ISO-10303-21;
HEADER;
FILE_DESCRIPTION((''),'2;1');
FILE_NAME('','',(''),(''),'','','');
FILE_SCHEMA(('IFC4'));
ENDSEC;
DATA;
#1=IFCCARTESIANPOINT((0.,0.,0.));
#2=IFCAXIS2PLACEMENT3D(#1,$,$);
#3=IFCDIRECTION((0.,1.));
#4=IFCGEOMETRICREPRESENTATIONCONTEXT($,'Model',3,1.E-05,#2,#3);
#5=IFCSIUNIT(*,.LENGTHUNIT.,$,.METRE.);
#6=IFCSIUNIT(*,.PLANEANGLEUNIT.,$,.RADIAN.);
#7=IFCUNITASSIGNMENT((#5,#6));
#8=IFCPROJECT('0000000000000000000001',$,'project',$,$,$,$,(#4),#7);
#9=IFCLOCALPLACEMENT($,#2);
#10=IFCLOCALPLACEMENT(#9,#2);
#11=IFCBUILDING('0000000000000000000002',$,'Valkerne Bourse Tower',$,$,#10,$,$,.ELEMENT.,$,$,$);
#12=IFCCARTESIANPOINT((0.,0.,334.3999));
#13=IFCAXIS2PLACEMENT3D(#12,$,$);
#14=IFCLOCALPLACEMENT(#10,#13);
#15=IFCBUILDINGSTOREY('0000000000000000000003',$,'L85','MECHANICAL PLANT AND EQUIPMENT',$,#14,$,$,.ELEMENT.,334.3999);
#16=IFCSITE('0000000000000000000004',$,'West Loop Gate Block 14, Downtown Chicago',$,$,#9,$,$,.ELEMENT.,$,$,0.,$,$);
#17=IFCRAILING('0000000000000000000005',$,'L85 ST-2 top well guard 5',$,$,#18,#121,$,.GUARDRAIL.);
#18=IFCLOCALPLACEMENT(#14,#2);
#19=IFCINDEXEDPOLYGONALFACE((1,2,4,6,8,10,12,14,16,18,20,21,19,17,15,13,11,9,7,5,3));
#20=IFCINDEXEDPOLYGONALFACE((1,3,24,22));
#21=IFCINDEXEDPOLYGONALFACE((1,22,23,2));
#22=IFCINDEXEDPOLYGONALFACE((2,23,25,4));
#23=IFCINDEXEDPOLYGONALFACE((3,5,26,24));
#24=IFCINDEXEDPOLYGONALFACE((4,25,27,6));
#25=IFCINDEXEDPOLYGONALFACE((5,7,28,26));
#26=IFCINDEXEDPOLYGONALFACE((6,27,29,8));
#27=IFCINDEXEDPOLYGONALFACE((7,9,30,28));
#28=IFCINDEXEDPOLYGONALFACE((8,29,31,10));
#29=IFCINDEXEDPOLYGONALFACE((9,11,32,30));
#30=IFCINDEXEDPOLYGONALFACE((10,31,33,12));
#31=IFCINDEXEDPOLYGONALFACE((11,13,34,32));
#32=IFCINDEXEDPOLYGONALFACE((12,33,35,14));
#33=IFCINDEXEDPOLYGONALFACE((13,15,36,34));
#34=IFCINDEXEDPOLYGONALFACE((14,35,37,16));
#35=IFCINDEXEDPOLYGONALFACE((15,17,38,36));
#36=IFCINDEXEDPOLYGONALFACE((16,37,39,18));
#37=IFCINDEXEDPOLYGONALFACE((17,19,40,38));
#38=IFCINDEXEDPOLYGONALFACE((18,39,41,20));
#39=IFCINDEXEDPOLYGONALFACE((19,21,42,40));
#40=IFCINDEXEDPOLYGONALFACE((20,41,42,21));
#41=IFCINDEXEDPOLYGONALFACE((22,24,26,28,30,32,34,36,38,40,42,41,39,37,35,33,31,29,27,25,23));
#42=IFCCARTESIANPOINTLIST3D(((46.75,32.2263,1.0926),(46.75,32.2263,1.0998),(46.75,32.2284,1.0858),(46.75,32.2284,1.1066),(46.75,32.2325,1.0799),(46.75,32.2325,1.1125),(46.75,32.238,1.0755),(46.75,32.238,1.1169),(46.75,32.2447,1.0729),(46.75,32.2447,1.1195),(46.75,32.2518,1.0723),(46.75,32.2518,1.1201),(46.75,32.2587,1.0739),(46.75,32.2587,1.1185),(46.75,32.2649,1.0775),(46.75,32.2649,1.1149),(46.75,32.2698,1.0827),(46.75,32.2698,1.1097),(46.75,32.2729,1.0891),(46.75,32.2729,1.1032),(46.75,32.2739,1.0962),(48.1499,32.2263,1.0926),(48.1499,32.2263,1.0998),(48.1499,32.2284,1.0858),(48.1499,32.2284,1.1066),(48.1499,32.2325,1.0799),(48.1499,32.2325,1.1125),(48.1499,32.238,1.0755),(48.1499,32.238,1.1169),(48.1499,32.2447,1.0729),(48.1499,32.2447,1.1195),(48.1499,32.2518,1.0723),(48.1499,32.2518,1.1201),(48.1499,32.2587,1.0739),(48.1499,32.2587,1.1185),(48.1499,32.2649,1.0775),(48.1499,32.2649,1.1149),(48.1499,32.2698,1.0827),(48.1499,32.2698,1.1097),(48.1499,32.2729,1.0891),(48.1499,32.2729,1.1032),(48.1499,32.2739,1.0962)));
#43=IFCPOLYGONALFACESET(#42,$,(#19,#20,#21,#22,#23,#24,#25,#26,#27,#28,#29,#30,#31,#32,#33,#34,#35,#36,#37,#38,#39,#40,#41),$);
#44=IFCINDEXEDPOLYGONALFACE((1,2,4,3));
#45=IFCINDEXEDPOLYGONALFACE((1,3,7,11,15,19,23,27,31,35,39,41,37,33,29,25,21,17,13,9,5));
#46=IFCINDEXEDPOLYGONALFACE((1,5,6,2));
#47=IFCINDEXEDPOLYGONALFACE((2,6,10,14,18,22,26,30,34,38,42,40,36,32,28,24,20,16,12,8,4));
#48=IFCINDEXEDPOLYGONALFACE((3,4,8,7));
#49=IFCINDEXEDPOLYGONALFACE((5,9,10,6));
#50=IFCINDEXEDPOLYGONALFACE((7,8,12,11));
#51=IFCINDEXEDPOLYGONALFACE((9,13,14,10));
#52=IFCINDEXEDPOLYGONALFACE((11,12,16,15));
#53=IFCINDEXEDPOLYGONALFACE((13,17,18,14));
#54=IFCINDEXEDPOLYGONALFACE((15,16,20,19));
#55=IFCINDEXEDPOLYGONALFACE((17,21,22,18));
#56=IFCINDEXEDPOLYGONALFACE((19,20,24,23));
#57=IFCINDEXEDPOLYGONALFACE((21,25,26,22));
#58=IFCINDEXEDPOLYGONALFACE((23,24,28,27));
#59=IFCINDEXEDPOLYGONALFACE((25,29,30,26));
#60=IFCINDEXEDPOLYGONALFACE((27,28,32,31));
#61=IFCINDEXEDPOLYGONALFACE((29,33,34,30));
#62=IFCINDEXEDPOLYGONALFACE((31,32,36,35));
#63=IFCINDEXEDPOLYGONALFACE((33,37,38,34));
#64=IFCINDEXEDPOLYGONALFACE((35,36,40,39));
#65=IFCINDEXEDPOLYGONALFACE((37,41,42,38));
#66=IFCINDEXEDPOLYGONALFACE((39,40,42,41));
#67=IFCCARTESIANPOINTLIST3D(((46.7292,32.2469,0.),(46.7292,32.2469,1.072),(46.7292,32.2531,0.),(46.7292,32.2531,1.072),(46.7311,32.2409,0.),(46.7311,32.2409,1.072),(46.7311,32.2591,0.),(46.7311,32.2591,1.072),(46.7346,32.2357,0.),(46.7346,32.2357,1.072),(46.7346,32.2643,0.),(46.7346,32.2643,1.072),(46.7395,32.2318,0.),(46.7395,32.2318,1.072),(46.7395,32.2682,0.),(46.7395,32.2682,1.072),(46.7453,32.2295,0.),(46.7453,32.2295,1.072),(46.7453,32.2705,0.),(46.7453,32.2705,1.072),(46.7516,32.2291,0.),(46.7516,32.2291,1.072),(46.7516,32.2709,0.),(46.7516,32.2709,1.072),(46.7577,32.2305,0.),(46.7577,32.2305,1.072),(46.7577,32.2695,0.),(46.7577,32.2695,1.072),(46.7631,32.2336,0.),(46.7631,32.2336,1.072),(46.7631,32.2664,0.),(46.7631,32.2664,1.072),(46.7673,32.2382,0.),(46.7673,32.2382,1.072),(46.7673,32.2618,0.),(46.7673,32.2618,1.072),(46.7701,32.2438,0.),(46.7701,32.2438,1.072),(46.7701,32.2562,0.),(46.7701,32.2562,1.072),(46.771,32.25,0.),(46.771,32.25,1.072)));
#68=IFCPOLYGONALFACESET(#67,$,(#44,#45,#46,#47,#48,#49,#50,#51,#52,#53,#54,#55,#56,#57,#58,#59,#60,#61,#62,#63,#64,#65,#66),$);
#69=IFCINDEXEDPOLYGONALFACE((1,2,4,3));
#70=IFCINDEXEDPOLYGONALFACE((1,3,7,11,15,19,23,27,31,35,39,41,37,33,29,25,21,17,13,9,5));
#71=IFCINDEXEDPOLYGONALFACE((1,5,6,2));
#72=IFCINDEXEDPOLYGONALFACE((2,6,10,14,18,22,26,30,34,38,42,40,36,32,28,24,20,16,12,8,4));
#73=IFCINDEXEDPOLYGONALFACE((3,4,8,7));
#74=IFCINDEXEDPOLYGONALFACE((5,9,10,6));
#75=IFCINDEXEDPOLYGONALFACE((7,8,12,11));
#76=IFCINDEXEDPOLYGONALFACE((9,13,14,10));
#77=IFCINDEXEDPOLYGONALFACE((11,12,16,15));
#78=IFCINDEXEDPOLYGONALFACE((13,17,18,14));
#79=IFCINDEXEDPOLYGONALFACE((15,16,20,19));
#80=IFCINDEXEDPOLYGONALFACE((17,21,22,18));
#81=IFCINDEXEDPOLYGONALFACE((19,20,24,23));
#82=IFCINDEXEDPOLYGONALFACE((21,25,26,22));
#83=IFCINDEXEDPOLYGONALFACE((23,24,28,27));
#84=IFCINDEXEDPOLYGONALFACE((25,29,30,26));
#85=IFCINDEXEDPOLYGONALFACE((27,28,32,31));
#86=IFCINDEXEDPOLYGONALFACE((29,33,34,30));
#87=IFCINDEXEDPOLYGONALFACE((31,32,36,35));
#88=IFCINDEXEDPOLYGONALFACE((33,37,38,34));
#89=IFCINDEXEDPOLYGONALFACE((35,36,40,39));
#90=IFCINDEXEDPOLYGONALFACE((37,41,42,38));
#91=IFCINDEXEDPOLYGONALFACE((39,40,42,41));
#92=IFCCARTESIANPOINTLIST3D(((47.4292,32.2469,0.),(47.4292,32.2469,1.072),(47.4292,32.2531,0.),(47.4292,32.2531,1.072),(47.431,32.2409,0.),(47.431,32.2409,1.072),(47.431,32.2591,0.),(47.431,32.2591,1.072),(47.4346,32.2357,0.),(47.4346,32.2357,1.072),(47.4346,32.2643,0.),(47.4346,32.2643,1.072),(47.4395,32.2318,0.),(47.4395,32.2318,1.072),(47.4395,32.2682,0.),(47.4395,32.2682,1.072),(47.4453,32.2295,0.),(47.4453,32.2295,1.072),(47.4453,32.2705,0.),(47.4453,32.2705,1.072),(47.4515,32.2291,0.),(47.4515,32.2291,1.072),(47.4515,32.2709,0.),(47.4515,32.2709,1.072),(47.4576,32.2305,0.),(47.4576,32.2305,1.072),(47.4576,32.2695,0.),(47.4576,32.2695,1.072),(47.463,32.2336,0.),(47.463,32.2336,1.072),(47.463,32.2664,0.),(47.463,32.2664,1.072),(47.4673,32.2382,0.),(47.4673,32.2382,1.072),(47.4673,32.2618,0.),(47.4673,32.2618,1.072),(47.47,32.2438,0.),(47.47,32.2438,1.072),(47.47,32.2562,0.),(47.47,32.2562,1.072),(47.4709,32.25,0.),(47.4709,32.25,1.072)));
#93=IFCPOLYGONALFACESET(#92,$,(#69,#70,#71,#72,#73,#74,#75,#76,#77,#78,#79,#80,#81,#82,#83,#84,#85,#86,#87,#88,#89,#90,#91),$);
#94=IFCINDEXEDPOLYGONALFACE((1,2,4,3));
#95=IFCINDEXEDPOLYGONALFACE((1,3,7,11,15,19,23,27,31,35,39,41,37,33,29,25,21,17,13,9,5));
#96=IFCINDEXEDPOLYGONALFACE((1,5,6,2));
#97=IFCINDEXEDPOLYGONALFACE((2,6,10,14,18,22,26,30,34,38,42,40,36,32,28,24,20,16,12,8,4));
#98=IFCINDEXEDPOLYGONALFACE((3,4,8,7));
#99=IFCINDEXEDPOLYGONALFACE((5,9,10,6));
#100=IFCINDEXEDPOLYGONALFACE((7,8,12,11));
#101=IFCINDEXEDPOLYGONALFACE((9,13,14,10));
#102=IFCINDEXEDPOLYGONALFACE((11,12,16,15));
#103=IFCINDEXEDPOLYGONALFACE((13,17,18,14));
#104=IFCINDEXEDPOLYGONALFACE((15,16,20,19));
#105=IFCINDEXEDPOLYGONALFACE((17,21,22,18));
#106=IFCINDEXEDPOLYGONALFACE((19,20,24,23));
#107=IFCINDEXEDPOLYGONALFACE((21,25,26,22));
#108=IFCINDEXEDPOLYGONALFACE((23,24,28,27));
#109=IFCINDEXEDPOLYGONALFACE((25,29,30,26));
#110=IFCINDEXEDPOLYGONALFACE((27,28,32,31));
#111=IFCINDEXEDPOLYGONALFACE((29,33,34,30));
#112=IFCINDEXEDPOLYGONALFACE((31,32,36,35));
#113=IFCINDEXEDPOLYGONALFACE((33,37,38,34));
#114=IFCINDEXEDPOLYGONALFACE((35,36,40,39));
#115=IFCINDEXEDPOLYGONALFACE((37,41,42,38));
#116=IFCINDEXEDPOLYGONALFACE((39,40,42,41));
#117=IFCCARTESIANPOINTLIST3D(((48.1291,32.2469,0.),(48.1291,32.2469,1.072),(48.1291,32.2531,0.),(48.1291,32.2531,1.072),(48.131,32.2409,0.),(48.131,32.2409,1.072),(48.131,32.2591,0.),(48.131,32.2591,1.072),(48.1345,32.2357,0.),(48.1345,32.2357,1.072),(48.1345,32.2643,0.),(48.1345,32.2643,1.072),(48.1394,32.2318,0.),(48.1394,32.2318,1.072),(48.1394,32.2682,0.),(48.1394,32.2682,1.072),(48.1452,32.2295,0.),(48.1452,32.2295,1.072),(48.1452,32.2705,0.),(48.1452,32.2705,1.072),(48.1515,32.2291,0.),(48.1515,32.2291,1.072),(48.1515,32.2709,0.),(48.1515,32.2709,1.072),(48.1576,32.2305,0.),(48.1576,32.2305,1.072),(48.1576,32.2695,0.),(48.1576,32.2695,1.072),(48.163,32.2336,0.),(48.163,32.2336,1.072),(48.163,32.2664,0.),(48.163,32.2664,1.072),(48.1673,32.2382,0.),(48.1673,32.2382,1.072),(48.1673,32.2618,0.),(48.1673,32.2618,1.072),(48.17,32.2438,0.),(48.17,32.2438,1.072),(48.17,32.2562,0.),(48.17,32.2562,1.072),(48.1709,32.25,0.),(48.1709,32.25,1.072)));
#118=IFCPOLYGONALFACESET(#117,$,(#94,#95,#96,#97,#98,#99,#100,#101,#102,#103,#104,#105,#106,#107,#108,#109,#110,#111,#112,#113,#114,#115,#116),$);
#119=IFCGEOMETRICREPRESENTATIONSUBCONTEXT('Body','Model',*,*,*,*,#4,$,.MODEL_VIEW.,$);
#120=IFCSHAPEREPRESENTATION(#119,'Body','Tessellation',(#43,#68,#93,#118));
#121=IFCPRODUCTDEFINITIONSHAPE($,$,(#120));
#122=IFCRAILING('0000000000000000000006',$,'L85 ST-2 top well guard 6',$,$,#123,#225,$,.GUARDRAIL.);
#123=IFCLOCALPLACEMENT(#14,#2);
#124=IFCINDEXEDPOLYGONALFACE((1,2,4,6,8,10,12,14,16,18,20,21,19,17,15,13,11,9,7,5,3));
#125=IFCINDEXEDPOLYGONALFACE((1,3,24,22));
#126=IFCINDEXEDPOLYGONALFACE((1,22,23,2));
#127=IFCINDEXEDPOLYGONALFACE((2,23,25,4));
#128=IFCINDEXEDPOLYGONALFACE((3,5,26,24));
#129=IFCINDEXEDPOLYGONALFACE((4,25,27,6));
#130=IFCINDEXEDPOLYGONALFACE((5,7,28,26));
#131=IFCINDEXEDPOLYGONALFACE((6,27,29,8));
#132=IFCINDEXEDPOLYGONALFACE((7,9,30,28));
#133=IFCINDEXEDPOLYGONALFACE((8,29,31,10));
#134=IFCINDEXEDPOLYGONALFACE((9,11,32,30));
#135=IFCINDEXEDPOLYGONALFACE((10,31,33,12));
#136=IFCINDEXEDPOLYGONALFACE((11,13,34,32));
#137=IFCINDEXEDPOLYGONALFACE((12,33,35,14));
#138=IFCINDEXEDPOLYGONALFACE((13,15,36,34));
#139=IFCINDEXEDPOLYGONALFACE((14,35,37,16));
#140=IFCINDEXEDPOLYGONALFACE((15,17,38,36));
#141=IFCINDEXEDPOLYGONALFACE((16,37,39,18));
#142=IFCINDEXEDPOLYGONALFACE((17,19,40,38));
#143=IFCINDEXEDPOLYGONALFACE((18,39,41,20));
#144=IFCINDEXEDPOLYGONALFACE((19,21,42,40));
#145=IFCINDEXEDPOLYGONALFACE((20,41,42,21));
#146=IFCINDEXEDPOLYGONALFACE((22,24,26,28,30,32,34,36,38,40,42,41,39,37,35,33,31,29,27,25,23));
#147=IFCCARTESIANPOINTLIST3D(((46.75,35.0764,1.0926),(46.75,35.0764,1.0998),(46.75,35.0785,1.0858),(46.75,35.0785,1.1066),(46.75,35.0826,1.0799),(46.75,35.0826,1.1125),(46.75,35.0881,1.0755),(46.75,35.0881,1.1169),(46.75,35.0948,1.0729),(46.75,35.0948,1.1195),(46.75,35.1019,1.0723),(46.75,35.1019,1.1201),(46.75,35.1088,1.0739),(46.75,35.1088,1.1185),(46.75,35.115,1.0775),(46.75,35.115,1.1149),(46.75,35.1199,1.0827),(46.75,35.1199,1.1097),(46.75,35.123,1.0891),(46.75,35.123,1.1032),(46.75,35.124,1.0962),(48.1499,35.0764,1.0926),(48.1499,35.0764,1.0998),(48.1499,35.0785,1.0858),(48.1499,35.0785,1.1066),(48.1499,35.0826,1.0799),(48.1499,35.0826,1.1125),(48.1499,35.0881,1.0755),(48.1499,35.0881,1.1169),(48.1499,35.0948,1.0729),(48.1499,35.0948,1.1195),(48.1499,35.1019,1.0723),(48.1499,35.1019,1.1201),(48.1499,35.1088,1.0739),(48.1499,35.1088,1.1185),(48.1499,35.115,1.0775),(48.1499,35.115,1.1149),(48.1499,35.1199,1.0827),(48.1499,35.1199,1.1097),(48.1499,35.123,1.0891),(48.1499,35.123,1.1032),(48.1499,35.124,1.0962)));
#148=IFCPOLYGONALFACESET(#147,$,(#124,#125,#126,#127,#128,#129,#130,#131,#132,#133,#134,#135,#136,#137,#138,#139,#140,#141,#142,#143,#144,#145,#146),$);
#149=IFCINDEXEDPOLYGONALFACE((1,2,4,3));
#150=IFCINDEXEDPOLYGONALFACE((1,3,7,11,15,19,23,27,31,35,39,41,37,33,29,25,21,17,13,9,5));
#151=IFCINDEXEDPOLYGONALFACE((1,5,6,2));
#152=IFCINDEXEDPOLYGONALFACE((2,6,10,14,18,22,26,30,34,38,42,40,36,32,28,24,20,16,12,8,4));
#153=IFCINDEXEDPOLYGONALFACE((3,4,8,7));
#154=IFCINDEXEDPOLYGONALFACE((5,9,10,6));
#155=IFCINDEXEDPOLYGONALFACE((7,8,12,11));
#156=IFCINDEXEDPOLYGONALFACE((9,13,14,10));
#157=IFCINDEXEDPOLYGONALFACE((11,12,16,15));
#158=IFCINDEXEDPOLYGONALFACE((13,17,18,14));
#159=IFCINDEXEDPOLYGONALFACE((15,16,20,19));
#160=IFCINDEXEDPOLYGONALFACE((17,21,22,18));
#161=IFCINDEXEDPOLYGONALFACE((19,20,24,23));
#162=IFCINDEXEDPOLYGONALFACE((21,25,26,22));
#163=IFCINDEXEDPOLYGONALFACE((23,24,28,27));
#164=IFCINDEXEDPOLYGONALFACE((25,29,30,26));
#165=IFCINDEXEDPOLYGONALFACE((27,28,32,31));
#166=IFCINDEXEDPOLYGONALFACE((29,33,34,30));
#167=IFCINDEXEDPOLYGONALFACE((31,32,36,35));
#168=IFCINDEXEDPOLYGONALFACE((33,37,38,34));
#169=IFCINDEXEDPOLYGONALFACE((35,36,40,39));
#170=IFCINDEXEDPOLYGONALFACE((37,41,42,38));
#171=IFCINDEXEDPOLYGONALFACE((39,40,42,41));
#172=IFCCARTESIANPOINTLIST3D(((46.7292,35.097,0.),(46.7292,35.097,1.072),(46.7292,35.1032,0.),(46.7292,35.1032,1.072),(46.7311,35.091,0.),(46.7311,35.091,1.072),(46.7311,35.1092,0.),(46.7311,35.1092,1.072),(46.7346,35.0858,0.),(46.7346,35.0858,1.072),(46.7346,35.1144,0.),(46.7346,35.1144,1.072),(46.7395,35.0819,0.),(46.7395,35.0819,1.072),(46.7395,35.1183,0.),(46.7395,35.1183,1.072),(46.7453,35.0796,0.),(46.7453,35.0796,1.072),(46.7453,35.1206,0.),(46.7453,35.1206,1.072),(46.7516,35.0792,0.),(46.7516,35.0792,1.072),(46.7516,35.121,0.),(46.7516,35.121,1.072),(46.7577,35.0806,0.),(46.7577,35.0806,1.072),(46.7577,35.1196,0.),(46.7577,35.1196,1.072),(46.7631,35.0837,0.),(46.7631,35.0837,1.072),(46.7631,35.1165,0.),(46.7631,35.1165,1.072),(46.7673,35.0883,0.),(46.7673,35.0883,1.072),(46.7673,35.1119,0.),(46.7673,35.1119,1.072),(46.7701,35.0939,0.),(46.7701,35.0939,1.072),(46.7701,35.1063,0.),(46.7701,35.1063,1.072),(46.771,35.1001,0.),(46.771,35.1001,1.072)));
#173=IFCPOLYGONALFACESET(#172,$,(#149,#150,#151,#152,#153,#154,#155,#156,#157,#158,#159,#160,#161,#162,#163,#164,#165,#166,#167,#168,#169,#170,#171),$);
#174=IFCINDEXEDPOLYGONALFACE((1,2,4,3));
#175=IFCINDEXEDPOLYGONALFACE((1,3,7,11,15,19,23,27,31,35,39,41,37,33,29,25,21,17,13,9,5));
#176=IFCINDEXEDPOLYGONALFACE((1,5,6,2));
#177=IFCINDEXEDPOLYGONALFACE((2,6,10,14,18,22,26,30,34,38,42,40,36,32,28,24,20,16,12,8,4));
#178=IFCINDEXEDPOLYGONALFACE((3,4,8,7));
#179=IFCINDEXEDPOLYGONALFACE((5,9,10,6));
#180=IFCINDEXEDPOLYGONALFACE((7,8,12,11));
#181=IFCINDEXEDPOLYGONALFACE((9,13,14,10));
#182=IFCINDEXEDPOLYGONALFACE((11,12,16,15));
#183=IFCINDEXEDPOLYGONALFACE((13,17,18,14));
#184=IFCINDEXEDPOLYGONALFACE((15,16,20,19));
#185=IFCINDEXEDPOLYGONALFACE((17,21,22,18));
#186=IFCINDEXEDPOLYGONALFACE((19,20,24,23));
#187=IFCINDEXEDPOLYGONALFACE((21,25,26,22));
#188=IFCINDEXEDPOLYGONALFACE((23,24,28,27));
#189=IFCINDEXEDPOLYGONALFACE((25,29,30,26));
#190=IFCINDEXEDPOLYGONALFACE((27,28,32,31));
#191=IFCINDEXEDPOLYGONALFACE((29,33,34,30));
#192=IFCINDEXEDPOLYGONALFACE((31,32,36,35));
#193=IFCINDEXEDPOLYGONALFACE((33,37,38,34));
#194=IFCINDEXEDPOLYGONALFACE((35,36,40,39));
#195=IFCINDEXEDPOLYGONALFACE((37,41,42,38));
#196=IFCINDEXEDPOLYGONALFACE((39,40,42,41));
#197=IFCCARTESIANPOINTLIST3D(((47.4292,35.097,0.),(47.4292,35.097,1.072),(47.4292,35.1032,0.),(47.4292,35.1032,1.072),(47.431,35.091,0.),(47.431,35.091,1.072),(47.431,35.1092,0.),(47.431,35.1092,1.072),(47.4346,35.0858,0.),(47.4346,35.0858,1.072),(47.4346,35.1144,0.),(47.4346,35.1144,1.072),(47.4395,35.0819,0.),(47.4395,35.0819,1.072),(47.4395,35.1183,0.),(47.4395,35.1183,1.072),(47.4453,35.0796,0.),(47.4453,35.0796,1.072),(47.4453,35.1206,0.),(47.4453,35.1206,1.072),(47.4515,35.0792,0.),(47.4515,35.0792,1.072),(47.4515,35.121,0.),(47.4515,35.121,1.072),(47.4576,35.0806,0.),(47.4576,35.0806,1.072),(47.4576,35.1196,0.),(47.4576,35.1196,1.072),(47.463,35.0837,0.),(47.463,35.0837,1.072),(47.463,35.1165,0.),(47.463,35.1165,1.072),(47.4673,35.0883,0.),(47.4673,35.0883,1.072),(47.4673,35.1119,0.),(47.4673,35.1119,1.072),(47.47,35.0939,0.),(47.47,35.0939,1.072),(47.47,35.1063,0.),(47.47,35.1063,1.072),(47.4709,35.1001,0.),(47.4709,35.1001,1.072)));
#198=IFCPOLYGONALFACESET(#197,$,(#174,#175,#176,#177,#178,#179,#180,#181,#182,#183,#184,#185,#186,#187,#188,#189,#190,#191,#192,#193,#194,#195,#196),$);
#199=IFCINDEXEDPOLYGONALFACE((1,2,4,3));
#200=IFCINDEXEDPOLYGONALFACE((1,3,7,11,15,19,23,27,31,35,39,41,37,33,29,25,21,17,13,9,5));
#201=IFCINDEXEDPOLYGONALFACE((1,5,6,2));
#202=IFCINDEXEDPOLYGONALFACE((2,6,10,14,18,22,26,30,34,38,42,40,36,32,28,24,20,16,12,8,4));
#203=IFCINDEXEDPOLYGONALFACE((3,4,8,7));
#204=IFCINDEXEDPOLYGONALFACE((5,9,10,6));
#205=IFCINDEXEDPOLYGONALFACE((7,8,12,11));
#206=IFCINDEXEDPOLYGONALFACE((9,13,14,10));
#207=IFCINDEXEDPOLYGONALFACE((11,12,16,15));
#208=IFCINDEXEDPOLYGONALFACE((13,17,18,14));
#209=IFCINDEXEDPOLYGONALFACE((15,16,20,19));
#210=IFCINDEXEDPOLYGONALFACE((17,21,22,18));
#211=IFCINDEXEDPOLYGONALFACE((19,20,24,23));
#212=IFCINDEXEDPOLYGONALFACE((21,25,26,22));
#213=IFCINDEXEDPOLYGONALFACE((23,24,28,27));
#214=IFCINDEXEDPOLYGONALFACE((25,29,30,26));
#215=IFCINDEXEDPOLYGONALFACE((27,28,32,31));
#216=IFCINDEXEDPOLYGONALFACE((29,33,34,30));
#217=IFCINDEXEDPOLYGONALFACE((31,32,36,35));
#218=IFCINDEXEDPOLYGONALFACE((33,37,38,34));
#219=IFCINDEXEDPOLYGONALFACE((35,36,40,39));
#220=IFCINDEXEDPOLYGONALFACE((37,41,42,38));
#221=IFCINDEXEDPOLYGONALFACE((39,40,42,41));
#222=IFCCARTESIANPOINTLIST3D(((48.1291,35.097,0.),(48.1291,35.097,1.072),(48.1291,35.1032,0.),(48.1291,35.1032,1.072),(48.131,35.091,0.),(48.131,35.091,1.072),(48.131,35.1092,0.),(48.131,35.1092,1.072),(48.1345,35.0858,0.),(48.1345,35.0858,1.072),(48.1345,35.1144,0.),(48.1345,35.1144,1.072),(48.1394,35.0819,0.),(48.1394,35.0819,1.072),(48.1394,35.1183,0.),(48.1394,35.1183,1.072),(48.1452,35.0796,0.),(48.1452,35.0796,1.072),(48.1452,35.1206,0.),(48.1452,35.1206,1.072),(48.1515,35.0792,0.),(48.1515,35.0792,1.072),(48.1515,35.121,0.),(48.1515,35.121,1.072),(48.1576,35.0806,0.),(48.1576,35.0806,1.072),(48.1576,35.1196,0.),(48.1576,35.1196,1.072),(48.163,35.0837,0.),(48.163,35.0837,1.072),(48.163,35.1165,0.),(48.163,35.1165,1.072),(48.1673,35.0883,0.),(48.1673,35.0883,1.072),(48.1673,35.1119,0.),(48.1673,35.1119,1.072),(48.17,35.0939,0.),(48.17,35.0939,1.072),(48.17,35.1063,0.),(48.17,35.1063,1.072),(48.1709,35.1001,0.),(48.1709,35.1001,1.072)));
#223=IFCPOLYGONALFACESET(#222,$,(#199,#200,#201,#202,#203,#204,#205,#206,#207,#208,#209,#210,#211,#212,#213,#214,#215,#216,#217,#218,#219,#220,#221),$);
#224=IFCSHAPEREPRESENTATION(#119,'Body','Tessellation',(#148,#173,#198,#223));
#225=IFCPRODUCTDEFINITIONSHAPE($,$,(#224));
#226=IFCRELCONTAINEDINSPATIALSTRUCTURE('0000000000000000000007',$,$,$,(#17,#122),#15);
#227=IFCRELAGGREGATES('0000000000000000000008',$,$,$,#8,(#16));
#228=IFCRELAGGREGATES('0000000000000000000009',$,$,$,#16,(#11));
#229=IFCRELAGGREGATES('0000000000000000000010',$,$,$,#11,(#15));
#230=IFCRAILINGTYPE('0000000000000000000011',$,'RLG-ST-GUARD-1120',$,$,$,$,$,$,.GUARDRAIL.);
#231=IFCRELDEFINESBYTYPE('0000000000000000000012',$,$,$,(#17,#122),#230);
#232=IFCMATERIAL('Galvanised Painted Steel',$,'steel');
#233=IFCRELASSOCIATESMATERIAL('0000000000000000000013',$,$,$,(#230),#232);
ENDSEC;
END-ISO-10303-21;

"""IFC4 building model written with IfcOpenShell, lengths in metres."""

from ifc_helpers import new_model, si_unit, direction, frame, origin, origin_2d, place, context, subcontext, project, spatial, circle, extrude, material, type_object, element, save


model = new_model("IFC4")

# Units and contexts
model_context = context("Model", 3, precision=1e-05, world=origin(), true_north=direction((0.0, 1.0)))
body_context = subcontext(model_context, "Body", "Model", "MODEL_VIEW")
ifc_project = project(units=[si_unit("LENGTHUNIT", "METRE"), si_unit("PLANEANGLEUNIT", "RADIAN")], contexts=[model_context])

# Site, building, storey
site_placement = place(None, origin())
site = spatial("IfcSite", under=ifc_project, at=site_placement, Name="West Loop Gate Block 14, Downtown Chicago", CompositionType="ELEMENT", RefElevation=0.0)
building_placement = place(site_placement, origin())
building = spatial("IfcBuilding", under=site, at=building_placement, Name="Valkerne Bourse Tower", CompositionType="ELEMENT")
storey_placement = place(building_placement, frame((0.0, 0.0, 334.3999)))
storey = spatial("IfcBuildingStorey", under=building, at=storey_placement, Name="L85", Description="MECHANICAL PLANT AND EQUIPMENT", CompositionType="ELEMENT", Elevation=334.3999)

# Shared definitions
ifc_material_1 = material(Name="Galvanised Painted Steel", Category="steel")

# Railings
railing_type = type_object("IfcRailingType", Name="RLG-ST-GUARD-1120", PredefinedType="GUARDRAIL", material=ifc_material_1)
for number, where, name in (
    (1, (46.75, 32.25, 0.0), "L85 ST-2 top well guard 5"),
    (2, (46.75, 35.1001, 0.0), "L85 ST-2 top well guard 6"),
):
    element("IfcRailing", number, at=place(storey_placement, frame(where)), inside=storey, type_object=railing_type, Name=name, PredefinedType="GUARDRAIL", context=body_context, shape_type="SweptSolid", body=[
        extrude(circle(Radius=0.0239, at=origin_2d()), frame((0.0, 0.0, 1.0962), z_axis=(1.0, 0.0, 0.0), x_axis=(0.0, 1.0, 0.0)), (0.0, 0.0, 1.0), 1.3999),
        extrude(circle(Radius=0.021, at=origin_2d()), origin(), (0.0, 0.0, 1.0), 1.072),
        extrude(circle(Radius=0.021, at=origin_2d()), frame((0.7, 0.0, 0.0)), (0.0, 0.0, 1.0), 1.072),
        extrude(circle(Radius=0.021, at=origin_2d()), frame((1.3999, 0.0, 0.0)), (0.0, 0.0, 1.0), 1.072),
    ])

save(model, "model.ifc")
